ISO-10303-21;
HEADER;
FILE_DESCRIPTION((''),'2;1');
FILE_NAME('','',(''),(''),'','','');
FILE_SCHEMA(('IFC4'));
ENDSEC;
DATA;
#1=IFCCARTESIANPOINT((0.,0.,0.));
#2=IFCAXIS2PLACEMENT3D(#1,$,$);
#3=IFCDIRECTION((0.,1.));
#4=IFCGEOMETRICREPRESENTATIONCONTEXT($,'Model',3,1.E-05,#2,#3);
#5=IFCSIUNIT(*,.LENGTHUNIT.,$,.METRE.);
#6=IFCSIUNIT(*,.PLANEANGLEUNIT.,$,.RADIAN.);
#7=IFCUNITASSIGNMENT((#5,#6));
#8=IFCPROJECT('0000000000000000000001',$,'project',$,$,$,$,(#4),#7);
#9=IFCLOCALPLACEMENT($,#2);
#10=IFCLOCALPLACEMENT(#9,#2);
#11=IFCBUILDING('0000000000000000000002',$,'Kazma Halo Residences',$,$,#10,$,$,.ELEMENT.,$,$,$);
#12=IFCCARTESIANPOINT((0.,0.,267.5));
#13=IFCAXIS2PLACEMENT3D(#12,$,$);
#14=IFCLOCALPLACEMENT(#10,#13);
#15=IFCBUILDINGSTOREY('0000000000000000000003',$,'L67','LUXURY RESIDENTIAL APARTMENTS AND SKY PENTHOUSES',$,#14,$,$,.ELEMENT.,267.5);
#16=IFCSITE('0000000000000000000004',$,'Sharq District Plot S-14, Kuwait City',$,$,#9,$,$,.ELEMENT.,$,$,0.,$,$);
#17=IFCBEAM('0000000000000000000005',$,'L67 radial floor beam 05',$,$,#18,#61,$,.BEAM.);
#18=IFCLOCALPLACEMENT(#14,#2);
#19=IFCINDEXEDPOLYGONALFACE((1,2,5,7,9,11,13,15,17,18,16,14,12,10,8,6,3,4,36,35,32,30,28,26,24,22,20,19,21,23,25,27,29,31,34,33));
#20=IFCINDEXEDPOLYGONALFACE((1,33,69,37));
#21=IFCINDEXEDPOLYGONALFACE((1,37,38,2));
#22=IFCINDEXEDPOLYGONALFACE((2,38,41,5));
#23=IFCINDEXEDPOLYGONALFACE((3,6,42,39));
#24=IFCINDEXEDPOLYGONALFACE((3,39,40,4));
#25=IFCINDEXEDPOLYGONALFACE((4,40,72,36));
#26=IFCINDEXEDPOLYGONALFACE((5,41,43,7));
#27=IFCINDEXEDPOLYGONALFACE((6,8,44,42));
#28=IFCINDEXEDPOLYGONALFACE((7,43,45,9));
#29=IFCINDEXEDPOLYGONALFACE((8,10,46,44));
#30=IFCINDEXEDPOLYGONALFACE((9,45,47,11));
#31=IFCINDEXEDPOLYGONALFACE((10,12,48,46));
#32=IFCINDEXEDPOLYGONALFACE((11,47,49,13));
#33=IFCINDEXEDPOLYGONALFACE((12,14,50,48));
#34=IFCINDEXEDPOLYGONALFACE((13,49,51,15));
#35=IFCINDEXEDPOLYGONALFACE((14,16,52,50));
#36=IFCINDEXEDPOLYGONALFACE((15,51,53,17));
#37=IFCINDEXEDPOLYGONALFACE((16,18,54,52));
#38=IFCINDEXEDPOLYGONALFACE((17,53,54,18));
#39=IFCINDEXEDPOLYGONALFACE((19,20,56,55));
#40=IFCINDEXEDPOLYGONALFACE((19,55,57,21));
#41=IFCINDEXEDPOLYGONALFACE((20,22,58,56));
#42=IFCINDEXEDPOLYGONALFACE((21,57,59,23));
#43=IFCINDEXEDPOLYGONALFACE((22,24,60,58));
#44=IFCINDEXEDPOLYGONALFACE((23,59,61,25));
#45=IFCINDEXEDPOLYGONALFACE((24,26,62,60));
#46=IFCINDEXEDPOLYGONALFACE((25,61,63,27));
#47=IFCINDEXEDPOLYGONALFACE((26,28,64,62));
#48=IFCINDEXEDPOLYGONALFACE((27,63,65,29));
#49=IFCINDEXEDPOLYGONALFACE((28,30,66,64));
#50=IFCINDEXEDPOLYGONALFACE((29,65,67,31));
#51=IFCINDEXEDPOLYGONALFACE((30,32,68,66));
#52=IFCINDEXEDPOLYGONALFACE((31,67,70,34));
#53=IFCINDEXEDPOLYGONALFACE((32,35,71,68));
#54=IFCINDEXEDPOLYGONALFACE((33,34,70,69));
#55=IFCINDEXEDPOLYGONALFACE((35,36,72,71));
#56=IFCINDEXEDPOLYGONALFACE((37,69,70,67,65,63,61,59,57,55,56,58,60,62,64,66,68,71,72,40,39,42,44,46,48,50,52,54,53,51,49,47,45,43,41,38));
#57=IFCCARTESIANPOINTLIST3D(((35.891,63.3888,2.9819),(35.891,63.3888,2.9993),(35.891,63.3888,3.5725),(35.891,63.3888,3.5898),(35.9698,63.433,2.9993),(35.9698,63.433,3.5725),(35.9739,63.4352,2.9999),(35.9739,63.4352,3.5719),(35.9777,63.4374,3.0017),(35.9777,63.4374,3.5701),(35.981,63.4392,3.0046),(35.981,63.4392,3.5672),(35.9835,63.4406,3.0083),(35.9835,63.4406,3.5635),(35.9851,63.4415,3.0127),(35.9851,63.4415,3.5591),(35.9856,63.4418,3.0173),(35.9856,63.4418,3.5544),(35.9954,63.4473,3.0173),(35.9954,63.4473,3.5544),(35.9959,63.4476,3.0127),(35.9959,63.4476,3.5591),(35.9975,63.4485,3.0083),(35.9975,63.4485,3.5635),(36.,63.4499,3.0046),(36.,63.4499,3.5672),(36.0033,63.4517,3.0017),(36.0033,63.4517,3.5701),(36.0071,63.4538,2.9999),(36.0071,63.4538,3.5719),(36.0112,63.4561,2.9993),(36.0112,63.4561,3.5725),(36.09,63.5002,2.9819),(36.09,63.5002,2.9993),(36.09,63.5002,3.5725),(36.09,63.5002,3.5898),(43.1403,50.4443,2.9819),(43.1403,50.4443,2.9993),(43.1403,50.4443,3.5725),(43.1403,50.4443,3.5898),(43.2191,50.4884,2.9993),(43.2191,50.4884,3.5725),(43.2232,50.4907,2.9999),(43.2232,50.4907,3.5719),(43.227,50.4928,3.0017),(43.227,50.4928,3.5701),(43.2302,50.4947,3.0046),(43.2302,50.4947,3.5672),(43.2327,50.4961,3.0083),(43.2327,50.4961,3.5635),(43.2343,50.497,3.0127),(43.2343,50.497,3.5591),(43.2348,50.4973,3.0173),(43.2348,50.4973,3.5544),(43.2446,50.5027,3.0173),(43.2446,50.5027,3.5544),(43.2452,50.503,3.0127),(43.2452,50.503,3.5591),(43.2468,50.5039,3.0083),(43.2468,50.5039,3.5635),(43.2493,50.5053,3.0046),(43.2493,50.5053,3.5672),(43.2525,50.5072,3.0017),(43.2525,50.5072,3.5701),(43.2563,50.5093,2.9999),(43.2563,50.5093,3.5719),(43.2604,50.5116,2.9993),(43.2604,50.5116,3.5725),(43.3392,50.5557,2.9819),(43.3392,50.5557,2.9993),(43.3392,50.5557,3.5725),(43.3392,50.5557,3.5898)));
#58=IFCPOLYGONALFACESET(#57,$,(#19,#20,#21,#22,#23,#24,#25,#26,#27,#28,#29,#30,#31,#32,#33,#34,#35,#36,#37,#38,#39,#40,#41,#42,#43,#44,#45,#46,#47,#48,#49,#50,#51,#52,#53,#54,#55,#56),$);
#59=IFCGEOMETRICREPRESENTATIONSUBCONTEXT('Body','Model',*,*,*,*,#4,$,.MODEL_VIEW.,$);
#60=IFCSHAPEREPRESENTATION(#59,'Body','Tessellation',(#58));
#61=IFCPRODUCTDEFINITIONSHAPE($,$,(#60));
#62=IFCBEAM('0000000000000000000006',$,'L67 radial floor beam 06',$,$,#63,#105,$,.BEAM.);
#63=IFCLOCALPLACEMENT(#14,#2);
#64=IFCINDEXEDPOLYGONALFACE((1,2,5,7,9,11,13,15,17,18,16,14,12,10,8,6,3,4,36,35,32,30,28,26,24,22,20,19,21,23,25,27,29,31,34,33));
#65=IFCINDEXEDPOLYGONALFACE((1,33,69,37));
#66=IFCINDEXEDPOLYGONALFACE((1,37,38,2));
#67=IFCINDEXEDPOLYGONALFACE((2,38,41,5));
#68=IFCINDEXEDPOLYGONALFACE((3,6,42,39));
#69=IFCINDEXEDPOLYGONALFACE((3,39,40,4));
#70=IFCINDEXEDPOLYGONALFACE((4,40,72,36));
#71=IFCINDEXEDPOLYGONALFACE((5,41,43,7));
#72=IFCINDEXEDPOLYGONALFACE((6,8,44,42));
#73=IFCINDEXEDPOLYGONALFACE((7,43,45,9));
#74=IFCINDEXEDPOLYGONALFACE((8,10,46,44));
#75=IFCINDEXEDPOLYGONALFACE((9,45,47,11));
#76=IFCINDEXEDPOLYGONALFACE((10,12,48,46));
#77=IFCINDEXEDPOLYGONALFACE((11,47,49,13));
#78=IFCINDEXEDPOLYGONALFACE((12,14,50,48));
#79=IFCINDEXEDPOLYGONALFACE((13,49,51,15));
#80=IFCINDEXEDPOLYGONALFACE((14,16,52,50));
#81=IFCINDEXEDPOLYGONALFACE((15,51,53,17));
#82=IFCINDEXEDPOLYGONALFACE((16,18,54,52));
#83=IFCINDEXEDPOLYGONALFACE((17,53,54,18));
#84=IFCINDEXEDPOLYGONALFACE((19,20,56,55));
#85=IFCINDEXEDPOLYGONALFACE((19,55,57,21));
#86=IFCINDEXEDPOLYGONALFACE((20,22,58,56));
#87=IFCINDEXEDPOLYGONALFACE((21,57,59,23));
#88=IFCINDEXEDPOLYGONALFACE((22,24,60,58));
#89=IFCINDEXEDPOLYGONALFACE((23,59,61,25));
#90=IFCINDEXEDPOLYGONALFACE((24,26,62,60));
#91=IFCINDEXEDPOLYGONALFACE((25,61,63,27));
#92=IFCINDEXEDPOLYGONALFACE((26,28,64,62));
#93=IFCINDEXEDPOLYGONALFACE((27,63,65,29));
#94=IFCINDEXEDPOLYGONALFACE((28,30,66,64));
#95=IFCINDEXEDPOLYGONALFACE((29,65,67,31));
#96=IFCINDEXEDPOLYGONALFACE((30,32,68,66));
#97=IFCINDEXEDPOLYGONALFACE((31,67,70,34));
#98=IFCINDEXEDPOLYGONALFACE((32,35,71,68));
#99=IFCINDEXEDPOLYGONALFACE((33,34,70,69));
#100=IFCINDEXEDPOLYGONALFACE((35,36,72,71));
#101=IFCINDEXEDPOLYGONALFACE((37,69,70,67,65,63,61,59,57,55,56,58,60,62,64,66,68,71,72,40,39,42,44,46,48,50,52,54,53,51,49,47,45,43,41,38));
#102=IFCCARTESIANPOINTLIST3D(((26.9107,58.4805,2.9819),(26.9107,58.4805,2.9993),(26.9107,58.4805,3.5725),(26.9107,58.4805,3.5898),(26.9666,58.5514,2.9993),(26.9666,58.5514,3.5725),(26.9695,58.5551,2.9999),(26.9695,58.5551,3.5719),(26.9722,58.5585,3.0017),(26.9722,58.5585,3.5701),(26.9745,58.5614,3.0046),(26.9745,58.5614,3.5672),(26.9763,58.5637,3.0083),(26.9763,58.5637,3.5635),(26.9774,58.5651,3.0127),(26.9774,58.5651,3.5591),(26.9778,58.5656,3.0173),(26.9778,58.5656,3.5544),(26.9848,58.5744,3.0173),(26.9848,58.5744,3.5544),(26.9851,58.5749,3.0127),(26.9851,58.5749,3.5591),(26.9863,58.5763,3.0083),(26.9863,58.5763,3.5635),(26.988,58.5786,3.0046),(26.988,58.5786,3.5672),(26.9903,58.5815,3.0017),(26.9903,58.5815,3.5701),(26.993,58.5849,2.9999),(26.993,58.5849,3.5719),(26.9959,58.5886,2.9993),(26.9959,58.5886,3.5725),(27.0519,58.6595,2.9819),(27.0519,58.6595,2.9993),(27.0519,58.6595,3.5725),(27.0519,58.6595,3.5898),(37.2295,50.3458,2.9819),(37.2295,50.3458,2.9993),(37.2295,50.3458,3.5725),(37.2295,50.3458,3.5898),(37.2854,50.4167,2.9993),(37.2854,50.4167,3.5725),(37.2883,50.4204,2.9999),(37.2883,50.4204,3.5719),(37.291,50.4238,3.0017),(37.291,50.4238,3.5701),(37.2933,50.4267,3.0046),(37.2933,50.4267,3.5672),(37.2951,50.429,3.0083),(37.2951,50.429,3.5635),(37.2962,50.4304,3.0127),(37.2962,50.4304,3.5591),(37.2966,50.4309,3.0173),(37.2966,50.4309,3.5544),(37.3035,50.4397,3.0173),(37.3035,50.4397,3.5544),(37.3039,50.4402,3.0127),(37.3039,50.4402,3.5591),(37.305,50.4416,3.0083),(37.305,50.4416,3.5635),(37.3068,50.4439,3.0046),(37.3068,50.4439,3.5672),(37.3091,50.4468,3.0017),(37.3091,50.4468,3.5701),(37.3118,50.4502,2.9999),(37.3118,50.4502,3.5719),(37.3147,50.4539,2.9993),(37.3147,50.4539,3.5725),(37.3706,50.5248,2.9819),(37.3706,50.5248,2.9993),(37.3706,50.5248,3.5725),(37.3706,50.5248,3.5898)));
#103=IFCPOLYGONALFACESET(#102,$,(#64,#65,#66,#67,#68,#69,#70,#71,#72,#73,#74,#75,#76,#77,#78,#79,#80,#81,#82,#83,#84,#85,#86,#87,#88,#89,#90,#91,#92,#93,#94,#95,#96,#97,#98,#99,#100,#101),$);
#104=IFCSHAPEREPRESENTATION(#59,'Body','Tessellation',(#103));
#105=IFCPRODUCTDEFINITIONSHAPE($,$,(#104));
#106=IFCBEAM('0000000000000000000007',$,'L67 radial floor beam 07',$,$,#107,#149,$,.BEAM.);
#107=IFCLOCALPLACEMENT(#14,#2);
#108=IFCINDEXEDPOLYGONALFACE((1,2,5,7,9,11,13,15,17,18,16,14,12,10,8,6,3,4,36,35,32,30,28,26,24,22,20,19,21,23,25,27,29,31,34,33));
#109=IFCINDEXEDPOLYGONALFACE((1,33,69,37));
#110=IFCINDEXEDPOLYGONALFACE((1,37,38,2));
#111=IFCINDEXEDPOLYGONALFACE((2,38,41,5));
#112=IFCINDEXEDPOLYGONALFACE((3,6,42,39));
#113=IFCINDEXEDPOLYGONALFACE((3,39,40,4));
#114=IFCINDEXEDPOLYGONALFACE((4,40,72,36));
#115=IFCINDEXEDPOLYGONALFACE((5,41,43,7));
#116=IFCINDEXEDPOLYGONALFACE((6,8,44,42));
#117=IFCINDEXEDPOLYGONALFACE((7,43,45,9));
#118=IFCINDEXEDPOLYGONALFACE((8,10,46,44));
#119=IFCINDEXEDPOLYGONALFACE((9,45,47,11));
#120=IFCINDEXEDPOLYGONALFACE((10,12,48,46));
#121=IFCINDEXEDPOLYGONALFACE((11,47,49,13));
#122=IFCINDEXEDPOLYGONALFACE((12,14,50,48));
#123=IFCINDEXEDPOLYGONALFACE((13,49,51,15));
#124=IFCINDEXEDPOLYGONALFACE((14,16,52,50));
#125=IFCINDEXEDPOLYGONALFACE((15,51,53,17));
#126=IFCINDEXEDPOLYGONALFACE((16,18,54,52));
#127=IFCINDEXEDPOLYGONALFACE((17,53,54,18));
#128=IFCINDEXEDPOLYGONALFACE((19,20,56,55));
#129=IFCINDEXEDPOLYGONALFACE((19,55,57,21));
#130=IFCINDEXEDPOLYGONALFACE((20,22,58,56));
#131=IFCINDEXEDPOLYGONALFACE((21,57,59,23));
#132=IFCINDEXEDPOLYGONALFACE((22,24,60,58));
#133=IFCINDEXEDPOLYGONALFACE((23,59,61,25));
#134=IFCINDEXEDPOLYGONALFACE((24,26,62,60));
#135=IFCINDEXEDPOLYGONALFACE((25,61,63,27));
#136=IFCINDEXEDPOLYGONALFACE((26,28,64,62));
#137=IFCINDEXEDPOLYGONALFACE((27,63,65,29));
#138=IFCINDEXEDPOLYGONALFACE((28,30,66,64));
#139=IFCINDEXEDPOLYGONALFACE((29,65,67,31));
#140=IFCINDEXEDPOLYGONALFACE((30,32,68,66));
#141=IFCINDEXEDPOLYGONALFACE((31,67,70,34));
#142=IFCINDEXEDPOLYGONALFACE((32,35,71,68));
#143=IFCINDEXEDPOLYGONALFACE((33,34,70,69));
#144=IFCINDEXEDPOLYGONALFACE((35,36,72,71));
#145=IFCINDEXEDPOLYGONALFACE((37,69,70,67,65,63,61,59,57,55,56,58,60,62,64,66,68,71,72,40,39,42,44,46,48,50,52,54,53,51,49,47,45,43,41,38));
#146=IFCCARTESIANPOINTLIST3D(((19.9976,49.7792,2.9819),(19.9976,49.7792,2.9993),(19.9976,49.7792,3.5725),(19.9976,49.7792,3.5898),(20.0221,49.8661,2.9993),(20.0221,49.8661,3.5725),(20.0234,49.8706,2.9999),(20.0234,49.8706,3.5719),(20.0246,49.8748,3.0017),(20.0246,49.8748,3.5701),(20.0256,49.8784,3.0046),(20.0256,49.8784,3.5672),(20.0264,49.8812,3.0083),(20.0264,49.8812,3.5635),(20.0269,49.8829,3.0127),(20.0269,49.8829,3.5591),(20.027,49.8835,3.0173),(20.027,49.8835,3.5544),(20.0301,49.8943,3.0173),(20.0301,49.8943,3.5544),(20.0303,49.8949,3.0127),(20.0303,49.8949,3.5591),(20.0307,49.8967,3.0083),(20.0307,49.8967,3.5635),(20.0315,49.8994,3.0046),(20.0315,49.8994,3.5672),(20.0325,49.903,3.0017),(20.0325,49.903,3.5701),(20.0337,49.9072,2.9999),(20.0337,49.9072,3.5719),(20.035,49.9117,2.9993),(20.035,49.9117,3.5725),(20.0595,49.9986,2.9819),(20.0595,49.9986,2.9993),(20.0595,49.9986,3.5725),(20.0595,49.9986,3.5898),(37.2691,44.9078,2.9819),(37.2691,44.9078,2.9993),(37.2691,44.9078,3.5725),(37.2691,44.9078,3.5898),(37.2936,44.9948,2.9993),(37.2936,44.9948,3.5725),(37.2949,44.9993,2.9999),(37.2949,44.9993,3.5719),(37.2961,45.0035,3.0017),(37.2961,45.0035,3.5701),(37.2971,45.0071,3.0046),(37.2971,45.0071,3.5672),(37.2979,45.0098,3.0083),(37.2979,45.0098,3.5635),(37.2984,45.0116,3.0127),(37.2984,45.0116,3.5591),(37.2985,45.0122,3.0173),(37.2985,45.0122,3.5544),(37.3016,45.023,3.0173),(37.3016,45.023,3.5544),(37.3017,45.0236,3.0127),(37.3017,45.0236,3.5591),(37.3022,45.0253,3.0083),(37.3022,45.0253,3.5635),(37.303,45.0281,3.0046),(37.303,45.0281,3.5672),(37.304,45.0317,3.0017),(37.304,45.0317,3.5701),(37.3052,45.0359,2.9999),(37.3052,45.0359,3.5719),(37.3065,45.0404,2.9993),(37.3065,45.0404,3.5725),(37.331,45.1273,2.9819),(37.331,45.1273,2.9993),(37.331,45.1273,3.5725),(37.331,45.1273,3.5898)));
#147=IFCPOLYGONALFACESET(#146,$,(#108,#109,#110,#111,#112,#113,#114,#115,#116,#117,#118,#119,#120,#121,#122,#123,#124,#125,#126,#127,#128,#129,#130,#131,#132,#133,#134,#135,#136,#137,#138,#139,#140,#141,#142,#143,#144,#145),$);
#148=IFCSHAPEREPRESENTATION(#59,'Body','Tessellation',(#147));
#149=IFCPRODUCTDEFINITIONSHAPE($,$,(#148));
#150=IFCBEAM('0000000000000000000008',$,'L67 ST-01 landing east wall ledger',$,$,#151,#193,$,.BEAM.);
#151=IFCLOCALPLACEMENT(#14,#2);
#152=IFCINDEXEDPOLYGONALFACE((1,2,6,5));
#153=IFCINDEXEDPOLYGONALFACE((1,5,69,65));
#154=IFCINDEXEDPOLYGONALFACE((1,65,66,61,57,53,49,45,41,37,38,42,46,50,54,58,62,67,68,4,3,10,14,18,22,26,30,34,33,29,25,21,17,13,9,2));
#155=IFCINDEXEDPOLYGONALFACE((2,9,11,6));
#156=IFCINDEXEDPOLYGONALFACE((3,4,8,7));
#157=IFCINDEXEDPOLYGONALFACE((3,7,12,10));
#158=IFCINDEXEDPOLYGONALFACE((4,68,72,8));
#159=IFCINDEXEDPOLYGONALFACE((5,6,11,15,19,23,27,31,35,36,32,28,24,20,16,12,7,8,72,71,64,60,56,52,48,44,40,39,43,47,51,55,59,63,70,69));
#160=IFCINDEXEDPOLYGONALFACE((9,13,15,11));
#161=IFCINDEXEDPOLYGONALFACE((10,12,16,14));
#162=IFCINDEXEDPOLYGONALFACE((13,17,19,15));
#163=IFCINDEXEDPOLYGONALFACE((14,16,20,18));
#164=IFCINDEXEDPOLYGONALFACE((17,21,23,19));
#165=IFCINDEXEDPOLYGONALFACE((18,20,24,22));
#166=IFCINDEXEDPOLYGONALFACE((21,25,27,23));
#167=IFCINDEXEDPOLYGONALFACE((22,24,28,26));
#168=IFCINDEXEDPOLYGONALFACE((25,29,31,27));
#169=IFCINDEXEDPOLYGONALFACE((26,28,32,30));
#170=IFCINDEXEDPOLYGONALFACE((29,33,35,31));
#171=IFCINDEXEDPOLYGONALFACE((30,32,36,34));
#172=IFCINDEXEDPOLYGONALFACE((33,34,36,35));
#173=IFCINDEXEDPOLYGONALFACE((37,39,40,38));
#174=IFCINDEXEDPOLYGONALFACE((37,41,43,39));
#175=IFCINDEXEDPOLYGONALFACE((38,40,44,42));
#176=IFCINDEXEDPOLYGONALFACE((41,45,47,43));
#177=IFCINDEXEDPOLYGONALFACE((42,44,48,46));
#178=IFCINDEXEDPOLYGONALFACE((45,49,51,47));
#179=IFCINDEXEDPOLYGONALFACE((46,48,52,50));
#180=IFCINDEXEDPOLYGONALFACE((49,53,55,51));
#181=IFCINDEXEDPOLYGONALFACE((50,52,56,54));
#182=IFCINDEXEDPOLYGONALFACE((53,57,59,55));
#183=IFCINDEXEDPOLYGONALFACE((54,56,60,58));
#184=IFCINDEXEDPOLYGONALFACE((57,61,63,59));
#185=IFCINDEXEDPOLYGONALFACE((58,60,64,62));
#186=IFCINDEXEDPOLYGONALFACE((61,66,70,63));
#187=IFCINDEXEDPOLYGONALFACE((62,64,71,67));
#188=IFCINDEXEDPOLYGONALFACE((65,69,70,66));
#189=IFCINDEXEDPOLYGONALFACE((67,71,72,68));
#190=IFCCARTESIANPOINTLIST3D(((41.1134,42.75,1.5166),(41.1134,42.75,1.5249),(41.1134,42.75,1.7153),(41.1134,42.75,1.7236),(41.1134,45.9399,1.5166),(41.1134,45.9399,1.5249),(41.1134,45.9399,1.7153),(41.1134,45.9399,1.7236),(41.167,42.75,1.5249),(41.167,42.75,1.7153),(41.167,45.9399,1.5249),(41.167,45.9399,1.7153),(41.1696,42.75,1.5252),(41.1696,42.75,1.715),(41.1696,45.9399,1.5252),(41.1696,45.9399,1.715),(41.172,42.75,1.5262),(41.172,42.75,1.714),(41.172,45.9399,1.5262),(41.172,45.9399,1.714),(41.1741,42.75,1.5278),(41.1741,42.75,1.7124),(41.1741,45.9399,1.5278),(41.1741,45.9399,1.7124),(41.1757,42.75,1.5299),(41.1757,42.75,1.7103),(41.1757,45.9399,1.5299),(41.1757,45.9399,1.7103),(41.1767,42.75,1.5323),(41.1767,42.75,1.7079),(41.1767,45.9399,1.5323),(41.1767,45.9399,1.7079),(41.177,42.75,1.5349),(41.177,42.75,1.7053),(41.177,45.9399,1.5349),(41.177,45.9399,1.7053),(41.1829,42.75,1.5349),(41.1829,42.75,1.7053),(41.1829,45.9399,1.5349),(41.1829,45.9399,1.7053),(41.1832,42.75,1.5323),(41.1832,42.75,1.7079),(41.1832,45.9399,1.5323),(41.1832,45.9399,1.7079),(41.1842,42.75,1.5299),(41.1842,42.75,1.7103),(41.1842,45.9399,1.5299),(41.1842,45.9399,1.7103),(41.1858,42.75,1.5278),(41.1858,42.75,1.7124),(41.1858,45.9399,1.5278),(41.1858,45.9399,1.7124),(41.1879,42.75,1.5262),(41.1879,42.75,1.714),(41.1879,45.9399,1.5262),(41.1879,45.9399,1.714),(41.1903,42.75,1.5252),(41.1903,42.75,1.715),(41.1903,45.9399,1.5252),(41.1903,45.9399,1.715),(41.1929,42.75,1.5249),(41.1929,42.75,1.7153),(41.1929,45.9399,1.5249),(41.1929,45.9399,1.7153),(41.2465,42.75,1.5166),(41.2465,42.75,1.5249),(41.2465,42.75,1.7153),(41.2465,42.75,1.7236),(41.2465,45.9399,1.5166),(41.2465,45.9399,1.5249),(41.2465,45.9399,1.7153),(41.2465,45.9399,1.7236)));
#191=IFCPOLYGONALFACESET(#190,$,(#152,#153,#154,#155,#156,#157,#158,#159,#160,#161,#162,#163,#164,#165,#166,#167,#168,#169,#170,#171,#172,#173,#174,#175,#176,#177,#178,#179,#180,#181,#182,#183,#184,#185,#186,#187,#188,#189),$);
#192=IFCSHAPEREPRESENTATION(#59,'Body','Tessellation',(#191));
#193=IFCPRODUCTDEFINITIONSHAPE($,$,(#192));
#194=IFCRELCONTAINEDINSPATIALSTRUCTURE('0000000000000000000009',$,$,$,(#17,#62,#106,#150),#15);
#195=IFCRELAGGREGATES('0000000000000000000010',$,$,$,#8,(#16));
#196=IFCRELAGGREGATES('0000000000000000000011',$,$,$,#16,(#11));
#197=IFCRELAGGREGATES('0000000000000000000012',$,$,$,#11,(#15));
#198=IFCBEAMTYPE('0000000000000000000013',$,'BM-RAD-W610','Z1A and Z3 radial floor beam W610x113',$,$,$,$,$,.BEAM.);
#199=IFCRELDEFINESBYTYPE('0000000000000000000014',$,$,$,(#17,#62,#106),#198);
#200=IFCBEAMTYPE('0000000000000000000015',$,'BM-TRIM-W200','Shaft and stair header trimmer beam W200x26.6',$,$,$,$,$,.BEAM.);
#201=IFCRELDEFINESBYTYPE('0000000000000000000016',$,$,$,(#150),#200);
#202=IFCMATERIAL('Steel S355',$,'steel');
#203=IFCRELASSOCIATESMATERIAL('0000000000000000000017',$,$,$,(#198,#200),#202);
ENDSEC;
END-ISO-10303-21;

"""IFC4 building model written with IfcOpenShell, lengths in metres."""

from ifc_helpers import new_model, si_unit, direction, frame, origin, origin_2d, place, context, subcontext, project, spatial, i_section, extrude, material, material_profile, profile_set, type_object, element, save


model = new_model("IFC4")

# Units and contexts
model_context = context("Model", 3, precision=1e-05, world=origin(), true_north=direction((0.0, 1.0)))
body_context = subcontext(model_context, "Body", "Model", "MODEL_VIEW")
ifc_project = project(units=[si_unit("LENGTHUNIT", "METRE"), si_unit("PLANEANGLEUNIT", "RADIAN")], contexts=[model_context])

# Site, building, storey
site_placement = place(None, origin())
site = spatial("IfcSite", under=ifc_project, at=site_placement, Name="Sharq District Plot S-14, Kuwait City", CompositionType="ELEMENT", RefElevation=0.0)
building_placement = place(site_placement, origin())
building = spatial("IfcBuilding", under=site, at=building_placement, Name="Kazma Halo Residences", CompositionType="ELEMENT")
storey_placement = place(building_placement, frame((0.0, 0.0, 267.5)))
storey = spatial("IfcBuildingStorey", under=building, at=storey_placement, Name="L67", Description="LUXURY RESIDENTIAL APARTMENTS AND SKY PENTHOUSES", CompositionType="ELEMENT", Elevation=267.5)

# Shared definitions
ifc_material_1 = material(Name="Steel S355", Category="steel")

# Beams
ifc_material_profile_1 = material_profile(ifc_material_1, i_section(OverallWidth=0.228, OverallDepth=0.6079, WebThickness=0.0112, FlangeThickness=0.0173, FilletRadius=0.0181, at=origin_2d()), Name="W610x113")
ifc_profile_set_1 = profile_set([ifc_material_profile_1], Name="Steel S355")
beam_type_1 = type_object("IfcBeamType", Name="BM-RAD-W610", Description="Z1A and Z3 radial floor beam W610x113", PredefinedType="BEAM", material=ifc_profile_set_1)
beam_1_placement = place(storey_placement, frame((43.2397, 50.5, 3.2859), z_axis=(-0.488619, 0.872497, 0.0), x_axis=(-0.872497, -0.488619, 0.0)))
element("IfcBeam", 1, at=beam_1_placement, inside=storey, type_object=beam_type_1, Name="L67 radial floor beam 05", PredefinedType="BEAM", context=body_context, shape_type="SweptSolid", body=[
    extrude(i_section(OverallWidth=0.228, OverallDepth=0.6079, WebThickness=0.0112, FlangeThickness=0.0173, FilletRadius=0.0181, at=origin_2d()), origin(), (0.0, 0.0, 1.0), 14.8362),
])
beam_2_placement = place(storey_placement, frame((37.3, 50.4353, 3.2859), z_axis=(-0.785315, 0.619096, 0.0), x_axis=(-0.619096, -0.785315, 0.0)))
element("IfcBeam", 2, at=beam_2_placement, inside=storey, type_object=beam_type_1, Name="L67 radial floor beam 06", PredefinedType="BEAM", context=body_context, shape_type="SweptSolid", body=[
    extrude(i_section(OverallWidth=0.228, OverallDepth=0.6079, WebThickness=0.0112, FlangeThickness=0.0173, FilletRadius=0.0181, at=origin_2d()), origin(), (0.0, 0.0, 1.0), 13.1396),
])
beam_3_placement = place(storey_placement, frame((37.3, 45.0176, 3.2859), z_axis=(-0.962451, 0.271455, 0.0), x_axis=(-0.271455, -0.962451, 0.0)))
element("IfcBeam", 3, at=beam_3_placement, inside=storey, type_object=beam_type_1, Name="L67 radial floor beam 07", PredefinedType="BEAM", context=body_context, shape_type="SweptSolid", body=[
    extrude(i_section(OverallWidth=0.228, OverallDepth=0.6079, WebThickness=0.0112, FlangeThickness=0.0173, FilletRadius=0.0181, at=origin_2d()), origin(), (0.0, 0.0, 1.0), 17.9453),
])
ifc_material_profile_2 = material_profile(ifc_material_1, i_section(OverallWidth=0.1331, OverallDepth=0.207, WebThickness=0.0059, FlangeThickness=0.0083, FilletRadius=0.01, at=origin_2d()), Name="W200x26.6")
ifc_profile_set_2 = profile_set([ifc_material_profile_2], Name="Steel S355")
beam_type_2 = type_object("IfcBeamType", Name="BM-TRIM-W200", Description="Shaft and stair header trimmer beam W200x26.6", PredefinedType="BEAM", material=ifc_profile_set_2)
beam_4_placement = place(storey_placement, frame((41.1799, 42.75, 1.6201), z_axis=(0.0, 1.0, 0.0), x_axis=(-1.0, 0.0, 0.0)))
element("IfcBeam", 4, at=beam_4_placement, inside=storey, type_object=beam_type_2, Name="L67 ST-01 landing east wall ledger", PredefinedType="BEAM", context=body_context, shape_type="SweptSolid", body=[
    extrude(i_section(OverallWidth=0.1331, OverallDepth=0.207, WebThickness=0.0059, FlangeThickness=0.0083, FilletRadius=0.01, at=origin_2d()), origin(), (0.0, 0.0, 1.0), 3.1899),
])

save(model, "model.ifc")
